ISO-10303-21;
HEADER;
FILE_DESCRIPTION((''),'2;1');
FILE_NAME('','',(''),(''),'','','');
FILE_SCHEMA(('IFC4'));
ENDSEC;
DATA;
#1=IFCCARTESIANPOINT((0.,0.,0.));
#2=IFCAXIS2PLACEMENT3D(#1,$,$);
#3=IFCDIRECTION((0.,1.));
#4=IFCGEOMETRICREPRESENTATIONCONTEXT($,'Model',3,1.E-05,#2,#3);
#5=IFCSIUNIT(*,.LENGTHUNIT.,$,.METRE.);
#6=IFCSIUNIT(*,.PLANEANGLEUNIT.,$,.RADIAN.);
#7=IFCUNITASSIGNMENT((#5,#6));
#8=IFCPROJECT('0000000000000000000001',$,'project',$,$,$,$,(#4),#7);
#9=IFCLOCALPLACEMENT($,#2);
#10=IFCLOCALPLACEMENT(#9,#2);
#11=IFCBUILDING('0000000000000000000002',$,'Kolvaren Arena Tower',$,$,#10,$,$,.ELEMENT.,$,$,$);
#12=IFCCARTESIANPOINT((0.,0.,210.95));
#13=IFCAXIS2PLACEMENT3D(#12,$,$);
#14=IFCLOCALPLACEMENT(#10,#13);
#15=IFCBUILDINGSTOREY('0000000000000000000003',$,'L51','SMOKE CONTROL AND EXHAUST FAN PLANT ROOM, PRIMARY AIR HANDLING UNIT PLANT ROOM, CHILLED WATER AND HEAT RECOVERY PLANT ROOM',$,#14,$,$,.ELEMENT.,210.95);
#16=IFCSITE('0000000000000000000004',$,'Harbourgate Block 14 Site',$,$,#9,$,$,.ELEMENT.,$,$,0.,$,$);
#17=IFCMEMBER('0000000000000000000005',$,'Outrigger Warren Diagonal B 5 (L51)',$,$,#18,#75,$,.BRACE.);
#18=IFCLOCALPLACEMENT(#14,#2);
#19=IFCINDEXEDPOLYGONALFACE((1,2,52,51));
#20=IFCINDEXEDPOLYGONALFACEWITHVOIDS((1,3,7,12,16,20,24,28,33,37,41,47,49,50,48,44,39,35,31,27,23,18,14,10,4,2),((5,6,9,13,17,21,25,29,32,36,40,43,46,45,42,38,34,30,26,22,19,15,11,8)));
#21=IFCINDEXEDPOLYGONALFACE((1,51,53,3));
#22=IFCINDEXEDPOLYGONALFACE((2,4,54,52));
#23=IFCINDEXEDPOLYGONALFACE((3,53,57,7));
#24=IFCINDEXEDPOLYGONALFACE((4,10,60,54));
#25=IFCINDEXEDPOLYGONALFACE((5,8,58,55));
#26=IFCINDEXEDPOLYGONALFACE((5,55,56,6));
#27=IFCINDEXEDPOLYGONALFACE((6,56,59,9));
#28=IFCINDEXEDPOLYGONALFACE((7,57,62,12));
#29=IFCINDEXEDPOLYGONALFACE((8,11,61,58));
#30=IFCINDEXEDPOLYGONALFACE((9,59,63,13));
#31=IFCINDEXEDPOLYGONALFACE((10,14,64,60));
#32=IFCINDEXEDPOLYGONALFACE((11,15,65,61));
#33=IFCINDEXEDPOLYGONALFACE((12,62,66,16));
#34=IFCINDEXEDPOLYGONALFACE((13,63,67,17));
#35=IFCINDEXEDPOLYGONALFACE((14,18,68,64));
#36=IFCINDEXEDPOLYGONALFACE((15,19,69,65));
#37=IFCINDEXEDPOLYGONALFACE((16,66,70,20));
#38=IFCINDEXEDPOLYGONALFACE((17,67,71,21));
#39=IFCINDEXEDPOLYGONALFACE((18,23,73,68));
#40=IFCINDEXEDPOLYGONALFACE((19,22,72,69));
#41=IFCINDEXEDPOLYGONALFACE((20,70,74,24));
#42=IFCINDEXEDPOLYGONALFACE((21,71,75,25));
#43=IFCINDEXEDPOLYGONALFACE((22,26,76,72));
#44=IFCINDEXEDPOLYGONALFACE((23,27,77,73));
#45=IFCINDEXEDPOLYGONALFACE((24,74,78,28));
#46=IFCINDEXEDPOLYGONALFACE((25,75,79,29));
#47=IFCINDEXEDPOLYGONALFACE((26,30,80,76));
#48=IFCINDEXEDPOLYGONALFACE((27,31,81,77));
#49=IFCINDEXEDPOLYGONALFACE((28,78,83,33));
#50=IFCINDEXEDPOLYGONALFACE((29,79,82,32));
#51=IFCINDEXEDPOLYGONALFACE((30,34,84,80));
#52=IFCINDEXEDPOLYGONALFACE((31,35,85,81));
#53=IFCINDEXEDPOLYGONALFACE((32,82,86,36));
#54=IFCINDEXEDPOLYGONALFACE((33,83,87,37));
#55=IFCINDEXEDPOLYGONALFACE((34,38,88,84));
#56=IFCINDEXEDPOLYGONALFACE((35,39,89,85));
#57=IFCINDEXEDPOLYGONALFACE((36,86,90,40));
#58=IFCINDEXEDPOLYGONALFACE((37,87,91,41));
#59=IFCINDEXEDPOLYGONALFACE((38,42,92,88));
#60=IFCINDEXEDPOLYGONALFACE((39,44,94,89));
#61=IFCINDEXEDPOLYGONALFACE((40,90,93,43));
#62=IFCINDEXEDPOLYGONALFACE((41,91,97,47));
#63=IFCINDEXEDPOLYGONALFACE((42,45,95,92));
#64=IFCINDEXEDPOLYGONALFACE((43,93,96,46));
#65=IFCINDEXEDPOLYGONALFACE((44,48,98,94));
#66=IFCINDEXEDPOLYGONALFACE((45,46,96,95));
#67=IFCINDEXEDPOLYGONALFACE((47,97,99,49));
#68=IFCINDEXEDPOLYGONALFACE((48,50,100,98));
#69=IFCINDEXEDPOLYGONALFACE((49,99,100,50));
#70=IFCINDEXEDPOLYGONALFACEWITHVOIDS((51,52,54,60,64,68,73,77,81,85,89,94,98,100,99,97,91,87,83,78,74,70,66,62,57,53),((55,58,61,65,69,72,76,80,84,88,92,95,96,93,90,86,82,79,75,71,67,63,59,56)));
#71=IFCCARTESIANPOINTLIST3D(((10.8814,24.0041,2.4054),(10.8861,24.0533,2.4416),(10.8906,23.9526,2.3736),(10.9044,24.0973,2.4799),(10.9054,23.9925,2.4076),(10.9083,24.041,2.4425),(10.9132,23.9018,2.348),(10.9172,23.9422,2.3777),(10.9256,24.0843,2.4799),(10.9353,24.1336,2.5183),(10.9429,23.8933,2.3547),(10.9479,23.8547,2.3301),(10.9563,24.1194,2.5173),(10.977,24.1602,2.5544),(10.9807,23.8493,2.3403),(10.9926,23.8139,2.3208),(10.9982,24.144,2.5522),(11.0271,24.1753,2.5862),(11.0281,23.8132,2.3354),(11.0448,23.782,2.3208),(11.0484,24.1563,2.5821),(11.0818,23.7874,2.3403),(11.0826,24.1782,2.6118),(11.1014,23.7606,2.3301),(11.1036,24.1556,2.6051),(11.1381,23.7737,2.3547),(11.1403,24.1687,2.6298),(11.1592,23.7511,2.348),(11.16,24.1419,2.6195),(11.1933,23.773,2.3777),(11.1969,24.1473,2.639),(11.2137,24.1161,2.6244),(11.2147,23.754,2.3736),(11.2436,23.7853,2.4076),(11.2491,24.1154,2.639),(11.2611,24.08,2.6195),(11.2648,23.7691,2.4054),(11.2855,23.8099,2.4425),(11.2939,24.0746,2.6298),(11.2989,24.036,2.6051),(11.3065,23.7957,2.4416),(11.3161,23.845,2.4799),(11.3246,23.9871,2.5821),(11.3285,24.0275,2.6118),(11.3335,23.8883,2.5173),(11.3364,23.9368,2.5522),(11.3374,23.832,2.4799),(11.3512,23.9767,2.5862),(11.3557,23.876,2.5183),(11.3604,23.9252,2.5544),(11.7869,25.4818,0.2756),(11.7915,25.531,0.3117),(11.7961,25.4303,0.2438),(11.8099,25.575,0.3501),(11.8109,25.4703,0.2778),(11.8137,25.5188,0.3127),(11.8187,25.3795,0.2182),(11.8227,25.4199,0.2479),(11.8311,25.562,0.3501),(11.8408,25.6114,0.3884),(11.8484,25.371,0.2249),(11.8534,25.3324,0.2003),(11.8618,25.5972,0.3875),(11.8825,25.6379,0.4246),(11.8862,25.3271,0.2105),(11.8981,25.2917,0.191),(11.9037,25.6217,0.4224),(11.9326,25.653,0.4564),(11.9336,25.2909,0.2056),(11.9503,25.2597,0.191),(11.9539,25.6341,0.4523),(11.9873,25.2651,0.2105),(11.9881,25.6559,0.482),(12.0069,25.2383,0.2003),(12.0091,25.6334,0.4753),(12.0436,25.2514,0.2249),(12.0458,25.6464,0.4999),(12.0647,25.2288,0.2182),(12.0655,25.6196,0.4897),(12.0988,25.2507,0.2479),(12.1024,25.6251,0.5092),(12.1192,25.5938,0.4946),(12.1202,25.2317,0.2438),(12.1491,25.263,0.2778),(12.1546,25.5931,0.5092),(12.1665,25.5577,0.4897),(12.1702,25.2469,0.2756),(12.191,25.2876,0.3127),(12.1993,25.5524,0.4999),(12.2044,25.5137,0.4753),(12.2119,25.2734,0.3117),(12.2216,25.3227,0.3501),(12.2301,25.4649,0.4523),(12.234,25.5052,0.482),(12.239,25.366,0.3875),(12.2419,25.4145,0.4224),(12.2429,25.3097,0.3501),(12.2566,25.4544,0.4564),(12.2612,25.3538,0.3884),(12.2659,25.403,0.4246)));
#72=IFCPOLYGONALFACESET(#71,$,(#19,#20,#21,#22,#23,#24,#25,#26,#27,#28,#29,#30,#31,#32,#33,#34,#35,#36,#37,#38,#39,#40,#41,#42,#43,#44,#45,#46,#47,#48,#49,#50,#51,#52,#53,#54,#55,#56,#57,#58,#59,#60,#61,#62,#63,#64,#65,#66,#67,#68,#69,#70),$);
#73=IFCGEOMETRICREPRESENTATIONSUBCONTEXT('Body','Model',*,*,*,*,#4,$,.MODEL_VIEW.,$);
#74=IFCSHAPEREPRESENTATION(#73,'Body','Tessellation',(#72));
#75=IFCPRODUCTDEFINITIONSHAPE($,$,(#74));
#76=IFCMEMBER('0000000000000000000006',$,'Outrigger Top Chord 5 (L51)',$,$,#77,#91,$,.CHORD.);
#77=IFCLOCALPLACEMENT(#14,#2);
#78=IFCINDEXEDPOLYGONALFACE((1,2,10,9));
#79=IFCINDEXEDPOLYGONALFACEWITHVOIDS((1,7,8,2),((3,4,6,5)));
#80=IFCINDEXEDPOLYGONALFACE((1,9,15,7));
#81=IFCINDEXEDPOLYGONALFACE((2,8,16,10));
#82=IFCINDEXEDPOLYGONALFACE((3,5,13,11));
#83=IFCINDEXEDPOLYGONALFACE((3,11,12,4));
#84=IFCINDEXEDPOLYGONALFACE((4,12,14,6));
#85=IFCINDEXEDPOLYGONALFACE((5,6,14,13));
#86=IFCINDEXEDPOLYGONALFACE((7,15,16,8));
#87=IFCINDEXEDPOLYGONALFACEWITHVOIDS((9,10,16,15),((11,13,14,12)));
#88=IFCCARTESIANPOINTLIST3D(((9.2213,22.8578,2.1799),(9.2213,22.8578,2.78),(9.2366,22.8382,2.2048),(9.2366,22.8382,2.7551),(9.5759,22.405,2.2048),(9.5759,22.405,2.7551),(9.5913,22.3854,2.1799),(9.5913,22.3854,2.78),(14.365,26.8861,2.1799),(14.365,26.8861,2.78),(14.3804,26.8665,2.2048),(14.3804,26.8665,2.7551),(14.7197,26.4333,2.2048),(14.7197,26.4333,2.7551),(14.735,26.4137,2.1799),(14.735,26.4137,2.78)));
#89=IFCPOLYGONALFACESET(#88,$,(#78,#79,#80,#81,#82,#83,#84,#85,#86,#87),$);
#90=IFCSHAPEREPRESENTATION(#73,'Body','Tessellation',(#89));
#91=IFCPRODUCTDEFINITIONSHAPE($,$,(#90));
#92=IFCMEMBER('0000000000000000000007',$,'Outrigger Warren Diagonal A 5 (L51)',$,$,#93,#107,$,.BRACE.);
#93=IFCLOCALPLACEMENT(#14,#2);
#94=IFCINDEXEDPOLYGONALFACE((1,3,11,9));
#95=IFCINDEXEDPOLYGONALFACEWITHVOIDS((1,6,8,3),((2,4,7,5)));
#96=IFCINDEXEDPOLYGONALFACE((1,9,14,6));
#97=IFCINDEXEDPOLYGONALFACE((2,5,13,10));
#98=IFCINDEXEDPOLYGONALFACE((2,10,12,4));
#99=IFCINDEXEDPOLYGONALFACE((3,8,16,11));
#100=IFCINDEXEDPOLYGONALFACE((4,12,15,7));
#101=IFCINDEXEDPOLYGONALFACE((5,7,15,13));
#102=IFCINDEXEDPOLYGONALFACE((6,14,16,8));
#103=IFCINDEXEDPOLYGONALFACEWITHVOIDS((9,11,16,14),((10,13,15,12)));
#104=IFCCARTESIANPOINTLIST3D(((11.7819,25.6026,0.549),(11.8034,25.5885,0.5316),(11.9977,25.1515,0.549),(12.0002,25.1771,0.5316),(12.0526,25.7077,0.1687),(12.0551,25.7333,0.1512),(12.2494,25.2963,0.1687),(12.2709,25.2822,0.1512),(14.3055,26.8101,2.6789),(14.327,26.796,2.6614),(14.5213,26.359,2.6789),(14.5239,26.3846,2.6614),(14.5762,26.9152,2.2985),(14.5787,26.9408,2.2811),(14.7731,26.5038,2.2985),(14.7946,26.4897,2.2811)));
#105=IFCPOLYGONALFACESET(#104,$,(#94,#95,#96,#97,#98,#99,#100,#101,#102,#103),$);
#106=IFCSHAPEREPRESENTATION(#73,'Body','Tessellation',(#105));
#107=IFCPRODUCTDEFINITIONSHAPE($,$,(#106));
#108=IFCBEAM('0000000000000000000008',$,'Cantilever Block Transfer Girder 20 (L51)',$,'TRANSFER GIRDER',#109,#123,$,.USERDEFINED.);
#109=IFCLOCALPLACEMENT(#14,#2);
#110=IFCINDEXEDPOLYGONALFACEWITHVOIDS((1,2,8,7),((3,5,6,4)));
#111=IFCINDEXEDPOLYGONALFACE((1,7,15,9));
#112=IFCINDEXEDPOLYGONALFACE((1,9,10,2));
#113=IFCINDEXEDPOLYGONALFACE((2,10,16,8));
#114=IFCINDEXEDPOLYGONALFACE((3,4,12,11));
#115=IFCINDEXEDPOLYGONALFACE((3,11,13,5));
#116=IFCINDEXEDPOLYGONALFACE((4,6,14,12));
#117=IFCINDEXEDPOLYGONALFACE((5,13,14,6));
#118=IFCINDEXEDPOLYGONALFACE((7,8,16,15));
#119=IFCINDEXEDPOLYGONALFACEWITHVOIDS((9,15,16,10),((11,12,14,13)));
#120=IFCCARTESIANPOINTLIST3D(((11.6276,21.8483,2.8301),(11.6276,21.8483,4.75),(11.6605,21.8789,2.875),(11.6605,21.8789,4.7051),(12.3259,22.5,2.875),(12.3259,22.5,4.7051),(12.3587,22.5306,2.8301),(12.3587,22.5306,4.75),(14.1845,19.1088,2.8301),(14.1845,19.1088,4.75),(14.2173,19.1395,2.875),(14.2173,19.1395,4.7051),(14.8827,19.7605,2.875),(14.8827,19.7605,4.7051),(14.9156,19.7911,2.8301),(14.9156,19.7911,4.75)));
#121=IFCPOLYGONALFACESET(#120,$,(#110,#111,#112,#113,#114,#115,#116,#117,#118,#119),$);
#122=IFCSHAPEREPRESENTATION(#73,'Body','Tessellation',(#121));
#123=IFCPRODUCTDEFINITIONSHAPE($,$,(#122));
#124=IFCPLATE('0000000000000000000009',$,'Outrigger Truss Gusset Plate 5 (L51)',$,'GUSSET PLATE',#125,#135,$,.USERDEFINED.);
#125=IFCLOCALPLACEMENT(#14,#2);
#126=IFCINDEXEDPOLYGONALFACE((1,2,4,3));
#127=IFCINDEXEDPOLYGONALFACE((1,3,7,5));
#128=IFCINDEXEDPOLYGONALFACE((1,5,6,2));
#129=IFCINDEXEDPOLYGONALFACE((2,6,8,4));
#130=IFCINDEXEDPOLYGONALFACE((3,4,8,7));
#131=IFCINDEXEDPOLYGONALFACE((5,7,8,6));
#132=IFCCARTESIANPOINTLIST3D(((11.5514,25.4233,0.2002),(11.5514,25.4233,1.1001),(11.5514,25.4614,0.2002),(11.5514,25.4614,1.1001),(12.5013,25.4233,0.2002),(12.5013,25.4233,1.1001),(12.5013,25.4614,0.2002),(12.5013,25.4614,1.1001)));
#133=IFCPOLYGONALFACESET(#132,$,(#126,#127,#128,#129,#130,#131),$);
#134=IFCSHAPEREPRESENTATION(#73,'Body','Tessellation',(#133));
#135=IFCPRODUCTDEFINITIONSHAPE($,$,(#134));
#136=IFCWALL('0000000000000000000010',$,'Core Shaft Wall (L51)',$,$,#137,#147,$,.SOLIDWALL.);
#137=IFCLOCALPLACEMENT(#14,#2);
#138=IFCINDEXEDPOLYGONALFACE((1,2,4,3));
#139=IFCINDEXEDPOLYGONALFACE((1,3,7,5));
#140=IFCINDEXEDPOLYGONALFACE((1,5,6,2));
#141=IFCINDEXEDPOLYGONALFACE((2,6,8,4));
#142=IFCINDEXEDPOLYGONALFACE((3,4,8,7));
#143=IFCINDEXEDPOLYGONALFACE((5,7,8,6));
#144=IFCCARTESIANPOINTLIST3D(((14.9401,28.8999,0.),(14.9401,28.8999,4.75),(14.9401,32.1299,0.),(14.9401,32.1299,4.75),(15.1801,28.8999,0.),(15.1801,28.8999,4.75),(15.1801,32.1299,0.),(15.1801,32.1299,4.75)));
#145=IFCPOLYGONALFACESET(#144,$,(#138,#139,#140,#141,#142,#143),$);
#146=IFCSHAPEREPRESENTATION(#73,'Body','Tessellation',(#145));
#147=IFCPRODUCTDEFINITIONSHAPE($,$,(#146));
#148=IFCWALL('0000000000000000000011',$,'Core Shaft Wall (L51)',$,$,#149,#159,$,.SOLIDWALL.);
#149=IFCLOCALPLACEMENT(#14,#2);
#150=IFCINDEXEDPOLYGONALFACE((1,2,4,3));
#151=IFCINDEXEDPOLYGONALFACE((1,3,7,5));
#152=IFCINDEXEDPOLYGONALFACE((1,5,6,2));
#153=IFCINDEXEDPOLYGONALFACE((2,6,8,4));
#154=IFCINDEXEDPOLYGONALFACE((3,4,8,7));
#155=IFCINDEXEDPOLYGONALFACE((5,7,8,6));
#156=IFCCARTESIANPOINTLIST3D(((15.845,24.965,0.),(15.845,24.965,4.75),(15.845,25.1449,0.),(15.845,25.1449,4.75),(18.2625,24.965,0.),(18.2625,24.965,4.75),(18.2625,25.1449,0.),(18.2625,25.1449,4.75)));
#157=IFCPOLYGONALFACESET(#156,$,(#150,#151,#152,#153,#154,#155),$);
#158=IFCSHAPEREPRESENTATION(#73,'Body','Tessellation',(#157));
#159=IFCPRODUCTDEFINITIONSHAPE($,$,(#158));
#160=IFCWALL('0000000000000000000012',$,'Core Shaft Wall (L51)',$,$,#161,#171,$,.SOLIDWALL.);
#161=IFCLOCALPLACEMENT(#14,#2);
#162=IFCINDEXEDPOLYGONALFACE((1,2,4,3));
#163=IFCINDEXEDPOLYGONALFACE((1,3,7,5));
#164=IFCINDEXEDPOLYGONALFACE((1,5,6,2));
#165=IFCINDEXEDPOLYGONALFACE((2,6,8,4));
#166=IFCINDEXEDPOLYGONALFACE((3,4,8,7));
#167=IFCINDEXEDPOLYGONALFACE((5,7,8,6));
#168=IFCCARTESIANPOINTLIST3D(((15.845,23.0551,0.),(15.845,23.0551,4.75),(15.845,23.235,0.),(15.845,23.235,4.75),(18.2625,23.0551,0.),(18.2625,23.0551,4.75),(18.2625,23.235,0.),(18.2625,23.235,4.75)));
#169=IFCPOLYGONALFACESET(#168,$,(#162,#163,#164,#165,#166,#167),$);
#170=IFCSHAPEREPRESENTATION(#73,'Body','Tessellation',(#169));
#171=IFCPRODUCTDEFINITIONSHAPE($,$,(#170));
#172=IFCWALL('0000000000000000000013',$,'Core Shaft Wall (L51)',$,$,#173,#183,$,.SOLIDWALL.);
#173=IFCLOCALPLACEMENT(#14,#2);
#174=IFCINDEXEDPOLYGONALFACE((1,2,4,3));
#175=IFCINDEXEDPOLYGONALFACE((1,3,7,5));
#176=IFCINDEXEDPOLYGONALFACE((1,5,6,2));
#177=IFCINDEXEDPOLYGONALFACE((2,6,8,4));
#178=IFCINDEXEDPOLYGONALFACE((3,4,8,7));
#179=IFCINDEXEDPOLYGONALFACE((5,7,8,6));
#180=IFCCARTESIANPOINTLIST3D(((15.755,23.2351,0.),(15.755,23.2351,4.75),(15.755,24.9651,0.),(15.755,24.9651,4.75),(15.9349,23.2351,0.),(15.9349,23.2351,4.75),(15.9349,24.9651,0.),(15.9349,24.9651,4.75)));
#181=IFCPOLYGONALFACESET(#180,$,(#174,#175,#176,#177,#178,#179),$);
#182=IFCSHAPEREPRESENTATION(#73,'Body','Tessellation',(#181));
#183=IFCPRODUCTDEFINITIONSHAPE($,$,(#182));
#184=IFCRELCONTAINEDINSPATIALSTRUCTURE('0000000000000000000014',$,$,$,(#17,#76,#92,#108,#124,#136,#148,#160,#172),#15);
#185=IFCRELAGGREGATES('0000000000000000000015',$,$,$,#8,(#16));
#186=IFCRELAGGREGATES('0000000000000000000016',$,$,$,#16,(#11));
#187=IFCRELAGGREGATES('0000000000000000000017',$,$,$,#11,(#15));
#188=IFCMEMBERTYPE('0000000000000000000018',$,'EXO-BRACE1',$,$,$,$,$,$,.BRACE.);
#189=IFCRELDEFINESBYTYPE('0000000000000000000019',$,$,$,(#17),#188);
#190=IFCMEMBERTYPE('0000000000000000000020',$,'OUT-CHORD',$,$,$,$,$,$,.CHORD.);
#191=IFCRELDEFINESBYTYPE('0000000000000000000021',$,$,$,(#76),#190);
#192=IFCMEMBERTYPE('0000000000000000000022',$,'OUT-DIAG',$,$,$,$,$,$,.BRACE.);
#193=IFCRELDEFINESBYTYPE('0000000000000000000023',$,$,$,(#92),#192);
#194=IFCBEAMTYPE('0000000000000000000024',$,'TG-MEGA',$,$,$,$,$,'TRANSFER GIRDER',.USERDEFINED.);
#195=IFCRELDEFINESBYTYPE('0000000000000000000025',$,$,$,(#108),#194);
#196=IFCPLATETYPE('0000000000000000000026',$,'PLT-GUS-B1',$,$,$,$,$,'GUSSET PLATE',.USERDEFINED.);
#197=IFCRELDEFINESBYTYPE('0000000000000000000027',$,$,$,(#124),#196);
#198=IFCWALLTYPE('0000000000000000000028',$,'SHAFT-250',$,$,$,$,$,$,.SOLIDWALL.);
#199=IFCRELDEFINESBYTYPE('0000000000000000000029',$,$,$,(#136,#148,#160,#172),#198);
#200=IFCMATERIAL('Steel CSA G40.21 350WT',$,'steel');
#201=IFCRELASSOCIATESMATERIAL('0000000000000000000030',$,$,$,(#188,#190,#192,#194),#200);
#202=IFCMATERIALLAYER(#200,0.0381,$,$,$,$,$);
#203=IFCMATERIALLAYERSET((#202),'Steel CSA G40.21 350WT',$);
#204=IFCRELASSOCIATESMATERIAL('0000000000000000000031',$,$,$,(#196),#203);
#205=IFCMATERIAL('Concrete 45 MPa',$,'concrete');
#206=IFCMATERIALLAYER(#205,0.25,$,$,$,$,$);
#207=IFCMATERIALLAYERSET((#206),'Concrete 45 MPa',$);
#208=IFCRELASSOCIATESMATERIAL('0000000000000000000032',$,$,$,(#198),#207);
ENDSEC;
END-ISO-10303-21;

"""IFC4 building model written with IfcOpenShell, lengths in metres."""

from ifc_helpers import new_model, si_unit, direction, frame, frame_2d, origin, origin_2d, place, context, subcontext, project, spatial, rectangle, hollow_rectangle, hollow_circle, extrude, material, layer, layer_set, material_profile, profile_set, type_object, element, save


model = new_model("IFC4")

# Units and contexts
model_context = context("Model", 3, precision=1e-05, world=origin(), true_north=direction((0.0, 1.0)))
body_context = subcontext(model_context, "Body", "Model", "MODEL_VIEW")
ifc_project = project(units=[si_unit("LENGTHUNIT", "METRE"), si_unit("PLANEANGLEUNIT", "RADIAN")], contexts=[model_context])

# Site, building, storey
site_placement = place(None, origin())
site = spatial("IfcSite", under=ifc_project, at=site_placement, Name="Harbourgate Block 14 Site", CompositionType="ELEMENT", RefElevation=0.0)
building_placement = place(site_placement, origin())
building = spatial("IfcBuilding", under=site, at=building_placement, Name="Kolvaren Arena Tower", CompositionType="ELEMENT")
storey_placement = place(building_placement, frame((0.0, 0.0, 210.95)))
storey = spatial("IfcBuildingStorey", under=building, at=storey_placement, Name="L51", Description="SMOKE CONTROL AND EXHAUST FAN PLANT ROOM, PRIMARY AIR HANDLING UNIT PLANT ROOM, CHILLED WATER AND HEAT RECOVERY PLANT ROOM", CompositionType="ELEMENT", Elevation=210.95)

# Shared definitions
ifc_material_1 = material(Name="Steel CSA G40.21 350WT", Category="steel")

# Members
ifc_material_profile_1 = material_profile(ifc_material_1, hollow_circle(Radius=0.2539, WallThickness=0.0249, at=origin_2d()), Name="CHS 508x25")
ifc_profile_set_1 = profile_set([ifc_material_profile_1], Name="Steel CSA G40.21 350WT")
member_type_1 = type_object("IfcMemberType", Name="EXO-BRACE1", PredefinedType="BRACE", material=ifc_profile_set_1)
member_1_placement = place(storey_placement, frame((12.0264, 25.4424, 0.3501), z_axis=(-0.329766, -0.53817, 0.775647), x_axis=(0.852658, -0.52247, 0.0)))
element("IfcMember", 1, at=member_1_placement, inside=storey, type_object=member_type_1, Name="Outrigger Warren Diagonal B 5 (L51)", PredefinedType="BRACE", context=body_context, shape_type="SweptSolid", body=[
    extrude(hollow_circle(Radius=0.2539, WallThickness=0.0249, at=origin_2d()), origin(), (0.0, 0.0, 1.0), 2.7458),
])
ifc_material_profile_2 = material_profile(ifc_material_1, hollow_rectangle(XDim=0.6001, YDim=0.6001, WallThickness=0.0249, at=origin_2d()), Name="HSS 600x600x25")
ifc_profile_set_2 = profile_set([ifc_material_profile_2], Name="Steel CSA G40.21 350WT")
member_type_2 = type_object("IfcMemberType", Name="OUT-CHORD", PredefinedType="CHORD", material=ifc_profile_set_2)
member_2_placement = place(storey_placement, frame((14.55, 26.6499, 2.48), z_axis=(-0.787302, -0.616568, 0.0), x_axis=(0.616568, -0.787302, 0.0)))
element("IfcMember", 2, at=member_2_placement, inside=storey, type_object=member_type_2, Name="Outrigger Top Chord 5 (L51)", PredefinedType="CHORD", context=body_context, shape_type="SweptSolid", body=[
    extrude(hollow_rectangle(XDim=0.6001, YDim=0.6001, WallThickness=0.0249, at=origin_2d()), origin(), (0.0, 0.0, 1.0), 6.5334),
])
ifc_material_profile_3 = material_profile(ifc_material_1, hollow_rectangle(XDim=0.5, YDim=0.5, WallThickness=0.022, at=origin_2d()), Name="HSS 500x500x22")
ifc_profile_set_3 = profile_set([ifc_material_profile_3], Name="Steel CSA G40.21 350WT")
member_type_3 = type_object("IfcMemberType", Name="OUT-DIAG", PredefinedType="BRACE", material=ifc_profile_set_3)
member_3_placement = place(storey_placement, frame((14.55, 26.6499, 2.48), z_axis=(-0.717735, -0.343419, -0.605739), x_axis=(0.431613, -0.902059, 0.0)))
element("IfcMember", 3, at=member_3_placement, inside=storey, type_object=member_type_3, Name="Outrigger Warren Diagonal A 5 (L51)", PredefinedType="BRACE", context=body_context, shape_type="SweptSolid", body=[
    extrude(hollow_rectangle(XDim=0.5, YDim=0.5, WallThickness=0.022, at=origin_2d()), origin(), (0.0, 0.0, 1.0), 3.5161),
])

# Beam
ifc_material_profile_4 = material_profile(ifc_material_1, hollow_rectangle(XDim=1.0, YDim=1.9199, WallThickness=0.0449, at=origin_2d()), Name="BOX 1000x1920x45")
ifc_profile_set_4 = profile_set([ifc_material_profile_4], Name="Steel CSA G40.21 350WT")
beam_type_1 = type_object("IfcBeamType", Name="TG-MEGA", ElementType="TRANSFER GIRDER", PredefinedType="USERDEFINED", material=ifc_profile_set_4)
beam_1_placement = place(storey_placement, frame((11.9932, 22.1895, 3.79), z_axis=(0.682321, -0.731053, 0.0), x_axis=(0.731053, 0.682321, 0.0)))
element("IfcBeam", 4, at=beam_1_placement, inside=storey, type_object=beam_type_1, Name="Cantilever Block Transfer Girder 20 (L51)", ObjectType="TRANSFER GIRDER", PredefinedType="USERDEFINED", context=body_context, shape_type="SweptSolid", body=[
    extrude(hollow_rectangle(XDim=1.0, YDim=1.9199, WallThickness=0.0449, at=origin_2d()), origin(), (0.0, 0.0, 1.0), 3.7473),
])

# Plate
ifc_layer_1 = layer(ifc_material_1, 0.0381)
ifc_layer_set_1 = layer_set([ifc_layer_1], Name="Steel CSA G40.21 350WT")
plate_type = type_object("IfcPlateType", Name="PLT-GUS-B1", ElementType="GUSSET PLATE", PredefinedType="USERDEFINED", material=ifc_layer_set_1)
plate_placement = place(storey_placement, frame((12.0264, 25.4424, 0.2002), z_axis=(0.0, 0.0, 1.0), x_axis=(1.0, 0.0, 0.0)))
element("IfcPlate", 5, at=plate_placement, inside=storey, type_object=plate_type, Name="Outrigger Truss Gusset Plate 5 (L51)", ObjectType="GUSSET PLATE", PredefinedType="USERDEFINED", context=body_context, shape_type="SweptSolid", body=[
    extrude(rectangle(XDim=0.95, YDim=0.0381, at=origin_2d()), origin(), (0.0, 0.0, 1.0), 0.8999),
])

# Walls
ifc_material_2 = material(Name="Concrete 45 MPa", Category="concrete")
ifc_layer_2 = layer(ifc_material_2, 0.25)
ifc_layer_set_2 = layer_set([ifc_layer_2], Name="Concrete 45 MPa")
wall_type = type_object("IfcWallType", Name="SHAFT-250", PredefinedType="SOLIDWALL", material=ifc_layer_set_2)
wall_1_placement = place(storey_placement, frame((15.0601, 28.8999, 0.0), z_axis=(0.0, 0.0, 1.0), x_axis=(0.0, 1.0, 0.0)))
element("IfcWall", 6, at=wall_1_placement, inside=storey, type_object=wall_type, Name="Core Shaft Wall (L51)", PredefinedType="SOLIDWALL", context=body_context, shape_type="SweptSolid", body=[
    extrude(rectangle(XDim=3.23, YDim=0.24, at=frame_2d((1.615, 0.0))), origin(), (0.0, 0.0, 1.0), 4.75),
])
for number, where, z_axis, x_axis, name in (
    (7, (15.845, 25.0549, 0.0), (0.0, 0.0, 1.0), (1.0, 0.0, 0.0), "Core Shaft Wall (L51)"),
    (8, (15.845, 23.145, 0.0), (0.0, 0.0, 1.0), (1.0, 0.0, 0.0), "Core Shaft Wall (L51)"),
):
    element("IfcWall", number, at=place(storey_placement, frame(where, z_axis=z_axis, x_axis=x_axis)), inside=storey, type_object=wall_type, Name=name, PredefinedType="SOLIDWALL", context=body_context, shape_type="SweptSolid", body=[
        extrude(rectangle(XDim=2.4175, YDim=0.1799, at=frame_2d((1.2087, 0.0))), origin(), (0.0, 0.0, 1.0), 4.75),
    ])
wall_2_placement = place(storey_placement, frame((15.845, 23.2351, 0.0), z_axis=(0.0, 0.0, 1.0), x_axis=(0.0, 1.0, 0.0)))
element("IfcWall", 9, at=wall_2_placement, inside=storey, type_object=wall_type, Name="Core Shaft Wall (L51)", PredefinedType="SOLIDWALL", context=body_context, shape_type="SweptSolid", body=[
    extrude(rectangle(XDim=1.73, YDim=0.1799, at=frame_2d((0.865, 0.0))), origin(), (0.0, 0.0, 1.0), 4.75),
])

save(model, "model.ifc")
